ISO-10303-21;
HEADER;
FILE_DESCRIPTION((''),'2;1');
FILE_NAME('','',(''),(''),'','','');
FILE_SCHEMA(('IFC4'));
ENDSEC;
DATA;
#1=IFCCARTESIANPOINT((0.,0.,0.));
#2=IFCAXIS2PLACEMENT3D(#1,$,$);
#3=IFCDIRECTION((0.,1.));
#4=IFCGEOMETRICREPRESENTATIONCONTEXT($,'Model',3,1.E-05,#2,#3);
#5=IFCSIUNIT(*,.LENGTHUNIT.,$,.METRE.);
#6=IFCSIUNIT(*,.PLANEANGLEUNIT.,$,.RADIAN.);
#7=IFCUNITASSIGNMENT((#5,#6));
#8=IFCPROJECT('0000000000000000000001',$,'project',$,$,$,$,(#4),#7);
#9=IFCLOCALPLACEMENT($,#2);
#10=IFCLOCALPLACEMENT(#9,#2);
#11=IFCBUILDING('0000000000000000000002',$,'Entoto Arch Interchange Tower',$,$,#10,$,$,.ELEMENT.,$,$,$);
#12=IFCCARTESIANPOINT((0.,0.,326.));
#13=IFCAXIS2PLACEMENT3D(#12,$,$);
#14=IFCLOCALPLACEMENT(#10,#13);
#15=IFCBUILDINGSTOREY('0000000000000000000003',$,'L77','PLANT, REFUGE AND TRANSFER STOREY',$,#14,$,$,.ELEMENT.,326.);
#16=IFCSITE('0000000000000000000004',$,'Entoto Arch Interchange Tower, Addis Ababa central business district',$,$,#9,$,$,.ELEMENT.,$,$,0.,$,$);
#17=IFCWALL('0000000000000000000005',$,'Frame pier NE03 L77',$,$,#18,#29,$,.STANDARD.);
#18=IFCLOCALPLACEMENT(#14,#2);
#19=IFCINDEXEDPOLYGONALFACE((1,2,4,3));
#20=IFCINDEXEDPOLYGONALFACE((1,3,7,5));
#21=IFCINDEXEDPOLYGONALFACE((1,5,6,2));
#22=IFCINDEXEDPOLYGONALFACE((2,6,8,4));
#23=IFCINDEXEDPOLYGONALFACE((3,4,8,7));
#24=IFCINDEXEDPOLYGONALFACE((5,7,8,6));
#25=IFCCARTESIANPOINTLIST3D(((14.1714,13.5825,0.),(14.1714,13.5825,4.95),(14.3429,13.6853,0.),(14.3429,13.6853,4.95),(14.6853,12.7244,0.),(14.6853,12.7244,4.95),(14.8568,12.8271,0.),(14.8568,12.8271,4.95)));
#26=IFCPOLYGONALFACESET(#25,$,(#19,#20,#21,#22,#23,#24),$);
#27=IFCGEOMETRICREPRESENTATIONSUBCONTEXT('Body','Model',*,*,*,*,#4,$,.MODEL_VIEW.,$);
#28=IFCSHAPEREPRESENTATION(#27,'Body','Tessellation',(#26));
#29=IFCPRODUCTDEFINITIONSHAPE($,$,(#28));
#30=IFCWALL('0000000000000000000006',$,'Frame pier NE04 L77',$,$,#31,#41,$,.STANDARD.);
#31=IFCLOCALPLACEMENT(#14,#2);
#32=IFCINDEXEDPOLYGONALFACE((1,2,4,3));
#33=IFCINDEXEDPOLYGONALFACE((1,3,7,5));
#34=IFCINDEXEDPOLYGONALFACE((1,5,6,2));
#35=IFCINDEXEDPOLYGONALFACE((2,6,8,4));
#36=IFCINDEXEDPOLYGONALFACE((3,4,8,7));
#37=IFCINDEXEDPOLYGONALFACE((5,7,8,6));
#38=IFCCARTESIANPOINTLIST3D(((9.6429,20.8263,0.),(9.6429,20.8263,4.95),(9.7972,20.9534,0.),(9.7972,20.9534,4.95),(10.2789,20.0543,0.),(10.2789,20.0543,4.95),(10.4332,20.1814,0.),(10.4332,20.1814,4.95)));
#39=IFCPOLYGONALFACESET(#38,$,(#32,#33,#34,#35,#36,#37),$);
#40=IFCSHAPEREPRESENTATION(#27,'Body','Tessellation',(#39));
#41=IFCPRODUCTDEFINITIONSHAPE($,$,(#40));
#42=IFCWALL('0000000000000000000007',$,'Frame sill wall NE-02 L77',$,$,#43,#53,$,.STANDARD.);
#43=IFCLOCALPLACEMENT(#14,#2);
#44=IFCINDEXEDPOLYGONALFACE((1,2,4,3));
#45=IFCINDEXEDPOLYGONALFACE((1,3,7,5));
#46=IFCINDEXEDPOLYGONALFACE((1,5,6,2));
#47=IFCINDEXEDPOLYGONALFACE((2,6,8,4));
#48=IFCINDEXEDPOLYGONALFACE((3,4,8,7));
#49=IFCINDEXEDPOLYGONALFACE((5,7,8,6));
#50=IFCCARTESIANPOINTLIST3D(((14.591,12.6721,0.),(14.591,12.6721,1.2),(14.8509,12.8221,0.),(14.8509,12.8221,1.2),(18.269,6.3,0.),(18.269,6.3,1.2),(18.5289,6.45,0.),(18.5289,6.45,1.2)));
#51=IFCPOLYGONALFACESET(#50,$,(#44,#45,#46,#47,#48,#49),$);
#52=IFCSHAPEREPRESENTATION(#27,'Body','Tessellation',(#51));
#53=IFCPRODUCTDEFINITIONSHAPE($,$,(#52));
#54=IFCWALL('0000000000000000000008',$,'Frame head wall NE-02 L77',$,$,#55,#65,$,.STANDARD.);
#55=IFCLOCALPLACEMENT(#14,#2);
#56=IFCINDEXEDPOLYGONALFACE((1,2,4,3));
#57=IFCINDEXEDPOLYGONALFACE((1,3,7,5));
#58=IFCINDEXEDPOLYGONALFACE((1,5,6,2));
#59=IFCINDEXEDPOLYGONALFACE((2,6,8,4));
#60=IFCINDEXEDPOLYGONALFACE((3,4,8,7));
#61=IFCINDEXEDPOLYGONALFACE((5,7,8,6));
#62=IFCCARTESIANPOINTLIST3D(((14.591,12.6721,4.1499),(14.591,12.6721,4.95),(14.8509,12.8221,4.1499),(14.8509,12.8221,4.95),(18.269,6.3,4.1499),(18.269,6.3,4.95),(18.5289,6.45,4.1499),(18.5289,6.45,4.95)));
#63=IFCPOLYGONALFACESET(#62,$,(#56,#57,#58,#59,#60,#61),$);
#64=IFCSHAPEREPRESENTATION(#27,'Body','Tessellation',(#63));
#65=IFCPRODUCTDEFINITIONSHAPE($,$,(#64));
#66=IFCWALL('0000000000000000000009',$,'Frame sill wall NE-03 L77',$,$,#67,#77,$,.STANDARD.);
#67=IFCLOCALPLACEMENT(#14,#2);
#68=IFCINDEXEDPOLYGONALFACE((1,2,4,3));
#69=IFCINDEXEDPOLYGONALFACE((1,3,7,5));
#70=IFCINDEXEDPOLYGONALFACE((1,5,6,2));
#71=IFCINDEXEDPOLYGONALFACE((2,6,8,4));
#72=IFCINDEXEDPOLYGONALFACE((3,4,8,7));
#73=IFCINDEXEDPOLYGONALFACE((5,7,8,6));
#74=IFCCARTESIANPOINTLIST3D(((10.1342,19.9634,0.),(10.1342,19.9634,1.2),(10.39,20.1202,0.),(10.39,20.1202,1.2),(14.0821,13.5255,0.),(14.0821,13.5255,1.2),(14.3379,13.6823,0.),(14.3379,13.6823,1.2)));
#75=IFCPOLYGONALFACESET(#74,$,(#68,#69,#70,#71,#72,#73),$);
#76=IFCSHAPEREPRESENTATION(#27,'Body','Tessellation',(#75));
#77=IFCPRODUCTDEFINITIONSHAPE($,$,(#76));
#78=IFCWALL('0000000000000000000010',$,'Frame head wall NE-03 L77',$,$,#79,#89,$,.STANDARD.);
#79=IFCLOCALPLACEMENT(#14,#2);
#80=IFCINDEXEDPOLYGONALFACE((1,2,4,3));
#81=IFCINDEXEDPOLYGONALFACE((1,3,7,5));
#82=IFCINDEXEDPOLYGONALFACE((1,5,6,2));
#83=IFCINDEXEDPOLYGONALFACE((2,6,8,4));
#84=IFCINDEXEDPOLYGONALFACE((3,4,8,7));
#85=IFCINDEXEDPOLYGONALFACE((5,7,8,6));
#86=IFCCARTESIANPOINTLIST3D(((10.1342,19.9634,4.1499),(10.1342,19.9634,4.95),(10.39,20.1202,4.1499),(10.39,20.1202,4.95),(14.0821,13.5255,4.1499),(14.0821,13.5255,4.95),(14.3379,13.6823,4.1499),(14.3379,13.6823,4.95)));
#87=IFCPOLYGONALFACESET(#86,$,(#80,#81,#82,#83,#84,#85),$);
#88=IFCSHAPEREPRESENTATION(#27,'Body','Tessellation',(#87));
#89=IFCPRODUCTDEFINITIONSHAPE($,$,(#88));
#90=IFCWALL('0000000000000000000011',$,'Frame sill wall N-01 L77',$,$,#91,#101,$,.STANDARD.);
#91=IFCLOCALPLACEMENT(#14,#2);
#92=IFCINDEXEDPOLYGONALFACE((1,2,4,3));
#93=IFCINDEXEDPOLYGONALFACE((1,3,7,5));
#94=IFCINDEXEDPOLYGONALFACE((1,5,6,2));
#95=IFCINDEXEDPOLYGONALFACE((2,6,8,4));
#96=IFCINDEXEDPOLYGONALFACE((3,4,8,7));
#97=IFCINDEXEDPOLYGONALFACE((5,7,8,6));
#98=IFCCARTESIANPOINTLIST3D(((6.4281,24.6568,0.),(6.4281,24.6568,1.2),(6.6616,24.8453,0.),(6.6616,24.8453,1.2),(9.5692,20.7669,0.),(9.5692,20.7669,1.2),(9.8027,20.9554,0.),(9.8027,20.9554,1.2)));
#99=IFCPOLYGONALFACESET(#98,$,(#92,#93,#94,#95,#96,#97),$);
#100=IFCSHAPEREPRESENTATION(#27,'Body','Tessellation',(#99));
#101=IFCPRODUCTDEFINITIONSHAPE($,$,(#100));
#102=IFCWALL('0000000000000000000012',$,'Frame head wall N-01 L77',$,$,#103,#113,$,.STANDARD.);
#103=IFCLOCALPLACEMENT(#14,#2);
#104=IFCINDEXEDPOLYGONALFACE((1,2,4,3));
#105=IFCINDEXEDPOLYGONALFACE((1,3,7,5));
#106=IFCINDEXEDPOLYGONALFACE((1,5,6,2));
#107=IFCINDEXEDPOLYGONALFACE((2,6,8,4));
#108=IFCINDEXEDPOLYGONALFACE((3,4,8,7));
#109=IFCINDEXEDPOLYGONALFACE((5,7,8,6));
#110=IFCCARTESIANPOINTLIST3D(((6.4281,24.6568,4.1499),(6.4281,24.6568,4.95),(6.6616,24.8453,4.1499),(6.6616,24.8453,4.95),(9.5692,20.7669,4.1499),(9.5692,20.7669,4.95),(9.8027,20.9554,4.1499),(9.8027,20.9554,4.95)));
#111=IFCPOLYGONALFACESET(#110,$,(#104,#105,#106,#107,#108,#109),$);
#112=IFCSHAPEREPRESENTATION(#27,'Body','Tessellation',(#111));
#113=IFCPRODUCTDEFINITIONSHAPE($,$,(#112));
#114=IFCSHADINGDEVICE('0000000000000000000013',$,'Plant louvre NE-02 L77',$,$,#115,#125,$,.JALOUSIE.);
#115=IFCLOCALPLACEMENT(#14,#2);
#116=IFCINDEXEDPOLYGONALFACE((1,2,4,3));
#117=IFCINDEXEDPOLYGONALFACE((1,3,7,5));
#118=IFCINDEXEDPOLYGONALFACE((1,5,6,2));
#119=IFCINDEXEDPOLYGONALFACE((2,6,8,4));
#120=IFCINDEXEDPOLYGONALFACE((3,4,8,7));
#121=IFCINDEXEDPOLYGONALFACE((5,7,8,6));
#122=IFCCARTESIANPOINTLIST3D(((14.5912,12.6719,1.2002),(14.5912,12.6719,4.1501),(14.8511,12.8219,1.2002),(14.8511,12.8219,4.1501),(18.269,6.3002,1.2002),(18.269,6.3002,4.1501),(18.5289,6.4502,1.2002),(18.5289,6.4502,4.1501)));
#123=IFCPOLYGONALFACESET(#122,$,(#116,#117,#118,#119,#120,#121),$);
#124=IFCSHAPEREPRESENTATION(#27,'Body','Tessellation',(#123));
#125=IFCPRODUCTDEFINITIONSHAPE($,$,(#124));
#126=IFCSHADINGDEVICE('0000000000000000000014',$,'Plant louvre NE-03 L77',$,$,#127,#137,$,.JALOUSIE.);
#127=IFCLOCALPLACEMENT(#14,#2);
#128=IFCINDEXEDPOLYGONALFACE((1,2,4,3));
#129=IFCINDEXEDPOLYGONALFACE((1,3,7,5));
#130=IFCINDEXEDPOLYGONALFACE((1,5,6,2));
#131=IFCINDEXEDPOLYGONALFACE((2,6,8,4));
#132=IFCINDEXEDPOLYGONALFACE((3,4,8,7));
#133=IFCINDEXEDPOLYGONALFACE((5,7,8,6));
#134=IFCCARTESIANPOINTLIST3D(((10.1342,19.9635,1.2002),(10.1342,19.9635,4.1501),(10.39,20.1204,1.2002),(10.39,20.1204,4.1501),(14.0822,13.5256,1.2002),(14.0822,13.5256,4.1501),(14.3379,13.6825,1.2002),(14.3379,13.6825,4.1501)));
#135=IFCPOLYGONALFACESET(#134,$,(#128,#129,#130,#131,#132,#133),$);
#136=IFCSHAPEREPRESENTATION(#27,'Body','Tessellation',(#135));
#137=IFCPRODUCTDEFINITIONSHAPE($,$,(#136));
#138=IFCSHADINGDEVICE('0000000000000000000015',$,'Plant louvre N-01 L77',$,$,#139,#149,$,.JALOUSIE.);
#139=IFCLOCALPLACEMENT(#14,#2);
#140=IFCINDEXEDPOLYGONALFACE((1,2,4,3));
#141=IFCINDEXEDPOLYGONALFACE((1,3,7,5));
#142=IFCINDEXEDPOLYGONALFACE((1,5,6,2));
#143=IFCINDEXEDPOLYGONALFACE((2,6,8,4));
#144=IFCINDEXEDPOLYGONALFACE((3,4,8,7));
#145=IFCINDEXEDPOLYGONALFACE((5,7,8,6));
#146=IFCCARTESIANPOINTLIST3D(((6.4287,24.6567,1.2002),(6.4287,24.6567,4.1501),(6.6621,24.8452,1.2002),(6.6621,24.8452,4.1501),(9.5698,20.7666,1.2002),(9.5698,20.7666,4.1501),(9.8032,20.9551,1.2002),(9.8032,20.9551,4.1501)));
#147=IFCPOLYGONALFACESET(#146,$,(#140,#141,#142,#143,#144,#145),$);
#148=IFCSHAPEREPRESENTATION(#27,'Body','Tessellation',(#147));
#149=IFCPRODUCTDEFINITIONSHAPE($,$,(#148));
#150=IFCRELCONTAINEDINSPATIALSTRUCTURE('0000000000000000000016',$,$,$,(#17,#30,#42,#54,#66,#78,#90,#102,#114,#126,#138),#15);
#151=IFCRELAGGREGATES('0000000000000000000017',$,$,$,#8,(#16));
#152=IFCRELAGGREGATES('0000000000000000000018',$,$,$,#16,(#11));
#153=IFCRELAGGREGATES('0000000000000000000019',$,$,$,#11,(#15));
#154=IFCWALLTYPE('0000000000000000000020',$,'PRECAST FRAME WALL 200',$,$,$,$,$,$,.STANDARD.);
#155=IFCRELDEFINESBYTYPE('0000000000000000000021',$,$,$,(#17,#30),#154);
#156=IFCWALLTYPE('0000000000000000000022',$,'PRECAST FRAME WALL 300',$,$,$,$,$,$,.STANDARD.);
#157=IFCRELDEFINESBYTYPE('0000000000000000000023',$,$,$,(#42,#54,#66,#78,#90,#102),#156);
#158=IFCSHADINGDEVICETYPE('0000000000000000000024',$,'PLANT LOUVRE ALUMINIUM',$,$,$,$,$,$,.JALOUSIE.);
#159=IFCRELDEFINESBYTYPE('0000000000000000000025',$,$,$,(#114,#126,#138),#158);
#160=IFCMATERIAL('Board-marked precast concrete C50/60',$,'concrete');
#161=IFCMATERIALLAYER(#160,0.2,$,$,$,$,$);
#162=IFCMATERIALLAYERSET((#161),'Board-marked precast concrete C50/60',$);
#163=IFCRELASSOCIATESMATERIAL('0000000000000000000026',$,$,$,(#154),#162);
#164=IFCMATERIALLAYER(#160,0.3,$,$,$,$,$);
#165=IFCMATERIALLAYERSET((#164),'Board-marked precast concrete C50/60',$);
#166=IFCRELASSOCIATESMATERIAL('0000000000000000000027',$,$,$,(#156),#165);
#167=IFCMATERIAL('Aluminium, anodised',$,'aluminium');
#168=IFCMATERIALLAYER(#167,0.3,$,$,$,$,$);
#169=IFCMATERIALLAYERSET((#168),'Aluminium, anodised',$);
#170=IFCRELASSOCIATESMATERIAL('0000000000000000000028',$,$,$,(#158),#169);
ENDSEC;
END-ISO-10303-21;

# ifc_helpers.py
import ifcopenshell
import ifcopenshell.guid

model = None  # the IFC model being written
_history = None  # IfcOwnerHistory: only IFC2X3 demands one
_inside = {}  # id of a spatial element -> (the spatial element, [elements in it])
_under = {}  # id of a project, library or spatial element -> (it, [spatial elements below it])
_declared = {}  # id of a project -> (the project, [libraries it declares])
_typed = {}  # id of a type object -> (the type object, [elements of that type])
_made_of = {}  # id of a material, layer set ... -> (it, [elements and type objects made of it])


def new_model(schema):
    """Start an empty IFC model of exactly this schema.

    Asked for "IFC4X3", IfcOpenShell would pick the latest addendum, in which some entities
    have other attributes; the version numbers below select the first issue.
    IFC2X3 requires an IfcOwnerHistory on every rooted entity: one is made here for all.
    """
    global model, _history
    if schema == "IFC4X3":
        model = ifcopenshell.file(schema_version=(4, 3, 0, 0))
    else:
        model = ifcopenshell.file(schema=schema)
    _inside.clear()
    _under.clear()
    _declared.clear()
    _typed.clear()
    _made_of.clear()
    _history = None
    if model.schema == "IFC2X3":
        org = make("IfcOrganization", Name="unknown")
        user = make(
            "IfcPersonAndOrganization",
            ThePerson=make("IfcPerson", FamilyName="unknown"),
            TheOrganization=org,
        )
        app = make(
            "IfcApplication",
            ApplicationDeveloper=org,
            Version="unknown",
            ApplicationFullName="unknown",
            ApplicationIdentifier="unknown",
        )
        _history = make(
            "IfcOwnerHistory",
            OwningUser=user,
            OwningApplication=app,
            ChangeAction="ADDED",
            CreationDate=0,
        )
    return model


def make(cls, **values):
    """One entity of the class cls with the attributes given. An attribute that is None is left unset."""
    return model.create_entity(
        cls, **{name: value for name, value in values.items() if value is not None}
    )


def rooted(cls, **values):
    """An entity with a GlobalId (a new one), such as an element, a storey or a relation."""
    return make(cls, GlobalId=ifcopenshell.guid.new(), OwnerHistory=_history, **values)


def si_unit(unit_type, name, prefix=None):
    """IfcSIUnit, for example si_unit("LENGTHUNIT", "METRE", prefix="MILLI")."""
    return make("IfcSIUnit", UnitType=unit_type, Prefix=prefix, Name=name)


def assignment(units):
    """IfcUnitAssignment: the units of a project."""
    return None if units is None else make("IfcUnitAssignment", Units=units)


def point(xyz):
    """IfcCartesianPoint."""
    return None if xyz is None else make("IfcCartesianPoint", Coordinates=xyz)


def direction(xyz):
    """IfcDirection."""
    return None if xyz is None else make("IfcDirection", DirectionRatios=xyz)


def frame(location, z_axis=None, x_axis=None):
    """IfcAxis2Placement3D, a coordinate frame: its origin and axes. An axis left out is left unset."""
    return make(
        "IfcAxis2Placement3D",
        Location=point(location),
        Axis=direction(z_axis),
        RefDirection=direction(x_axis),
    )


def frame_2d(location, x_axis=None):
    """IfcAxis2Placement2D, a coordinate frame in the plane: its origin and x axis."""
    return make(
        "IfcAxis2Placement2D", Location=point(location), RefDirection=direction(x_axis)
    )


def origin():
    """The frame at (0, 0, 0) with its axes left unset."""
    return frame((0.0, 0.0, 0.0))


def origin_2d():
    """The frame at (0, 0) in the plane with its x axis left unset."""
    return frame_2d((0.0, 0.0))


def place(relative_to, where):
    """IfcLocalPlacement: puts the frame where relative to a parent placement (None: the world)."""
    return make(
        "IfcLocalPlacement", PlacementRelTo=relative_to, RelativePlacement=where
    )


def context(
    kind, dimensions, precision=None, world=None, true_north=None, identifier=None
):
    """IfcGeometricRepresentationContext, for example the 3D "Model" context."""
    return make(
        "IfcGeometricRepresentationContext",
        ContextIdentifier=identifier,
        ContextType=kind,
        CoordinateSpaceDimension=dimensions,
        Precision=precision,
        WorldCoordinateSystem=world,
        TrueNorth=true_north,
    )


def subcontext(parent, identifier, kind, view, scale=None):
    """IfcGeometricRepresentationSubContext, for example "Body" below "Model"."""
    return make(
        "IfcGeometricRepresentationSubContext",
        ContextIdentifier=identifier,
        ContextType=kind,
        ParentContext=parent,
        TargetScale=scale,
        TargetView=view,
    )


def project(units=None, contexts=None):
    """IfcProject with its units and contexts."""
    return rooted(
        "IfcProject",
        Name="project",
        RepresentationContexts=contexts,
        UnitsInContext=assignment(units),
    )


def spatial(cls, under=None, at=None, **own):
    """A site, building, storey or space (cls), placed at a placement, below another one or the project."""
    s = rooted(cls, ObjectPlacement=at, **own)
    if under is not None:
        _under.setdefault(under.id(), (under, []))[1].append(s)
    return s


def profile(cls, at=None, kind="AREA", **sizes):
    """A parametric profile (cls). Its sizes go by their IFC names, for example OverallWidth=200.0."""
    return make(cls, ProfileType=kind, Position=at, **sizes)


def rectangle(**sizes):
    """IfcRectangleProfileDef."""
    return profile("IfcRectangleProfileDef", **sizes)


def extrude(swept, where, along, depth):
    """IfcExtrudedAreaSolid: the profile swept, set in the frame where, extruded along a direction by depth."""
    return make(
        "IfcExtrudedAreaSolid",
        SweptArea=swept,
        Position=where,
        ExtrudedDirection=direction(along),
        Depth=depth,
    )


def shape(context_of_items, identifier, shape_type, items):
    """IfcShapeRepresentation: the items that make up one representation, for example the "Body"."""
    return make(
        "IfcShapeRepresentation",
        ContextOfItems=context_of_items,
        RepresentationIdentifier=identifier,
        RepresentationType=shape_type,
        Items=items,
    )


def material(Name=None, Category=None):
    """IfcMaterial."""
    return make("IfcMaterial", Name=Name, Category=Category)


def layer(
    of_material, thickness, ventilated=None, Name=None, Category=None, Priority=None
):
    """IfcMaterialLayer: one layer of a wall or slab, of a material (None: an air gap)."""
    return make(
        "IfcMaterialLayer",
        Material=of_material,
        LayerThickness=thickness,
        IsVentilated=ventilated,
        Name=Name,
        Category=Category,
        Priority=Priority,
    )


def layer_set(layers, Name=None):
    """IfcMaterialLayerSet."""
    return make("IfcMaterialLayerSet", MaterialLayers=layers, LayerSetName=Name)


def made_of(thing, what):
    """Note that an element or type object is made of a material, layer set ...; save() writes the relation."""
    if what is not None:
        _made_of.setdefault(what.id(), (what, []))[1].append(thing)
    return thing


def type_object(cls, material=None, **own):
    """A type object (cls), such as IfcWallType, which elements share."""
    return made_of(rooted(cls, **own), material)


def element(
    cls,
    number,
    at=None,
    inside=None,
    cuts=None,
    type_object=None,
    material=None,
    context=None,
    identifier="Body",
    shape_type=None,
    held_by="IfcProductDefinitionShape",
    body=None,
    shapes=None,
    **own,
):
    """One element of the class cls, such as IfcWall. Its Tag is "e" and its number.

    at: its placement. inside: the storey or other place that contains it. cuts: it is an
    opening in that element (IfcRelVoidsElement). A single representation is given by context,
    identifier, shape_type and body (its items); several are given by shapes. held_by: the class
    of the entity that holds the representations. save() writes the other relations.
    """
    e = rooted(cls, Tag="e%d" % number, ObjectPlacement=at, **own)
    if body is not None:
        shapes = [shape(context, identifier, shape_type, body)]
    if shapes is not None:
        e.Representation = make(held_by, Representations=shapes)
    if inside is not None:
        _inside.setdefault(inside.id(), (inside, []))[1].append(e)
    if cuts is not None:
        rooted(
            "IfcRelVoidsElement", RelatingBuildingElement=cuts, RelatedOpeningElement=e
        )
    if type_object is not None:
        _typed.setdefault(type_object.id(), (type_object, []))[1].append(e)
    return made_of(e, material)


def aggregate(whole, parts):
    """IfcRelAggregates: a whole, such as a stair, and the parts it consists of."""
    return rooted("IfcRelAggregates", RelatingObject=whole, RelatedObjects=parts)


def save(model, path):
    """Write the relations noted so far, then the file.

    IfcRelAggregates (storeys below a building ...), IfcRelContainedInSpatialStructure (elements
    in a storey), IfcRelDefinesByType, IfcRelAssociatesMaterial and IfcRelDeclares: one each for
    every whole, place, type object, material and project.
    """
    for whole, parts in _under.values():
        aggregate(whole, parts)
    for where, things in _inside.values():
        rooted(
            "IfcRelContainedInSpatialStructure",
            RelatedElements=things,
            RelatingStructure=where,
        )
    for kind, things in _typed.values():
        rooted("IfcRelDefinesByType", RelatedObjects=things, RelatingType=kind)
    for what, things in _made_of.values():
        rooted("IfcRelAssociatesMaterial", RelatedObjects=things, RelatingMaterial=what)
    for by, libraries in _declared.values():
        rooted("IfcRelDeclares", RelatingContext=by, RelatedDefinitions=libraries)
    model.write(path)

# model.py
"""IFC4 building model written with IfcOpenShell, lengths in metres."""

from ifc_helpers import new_model, si_unit, direction, frame, frame_2d, origin, origin_2d, place, context, subcontext, project, spatial, rectangle, extrude, material, layer, layer_set, type_object, element, save


model = new_model("IFC4")

# Units and contexts
model_context = context("Model", 3, precision=1e-05, world=origin(), true_north=direction((0.0, 1.0)))
body_context = subcontext(model_context, "Body", "Model", "MODEL_VIEW")
ifc_project = project(units=[si_unit("LENGTHUNIT", "METRE"), si_unit("PLANEANGLEUNIT", "RADIAN")], contexts=[model_context])

# Site, building, storey
site_placement = place(None, origin())
site = spatial("IfcSite", under=ifc_project, at=site_placement, Name="Entoto Arch Interchange Tower, Addis Ababa central business district", CompositionType="ELEMENT", RefElevation=0.0)
building_placement = place(site_placement, origin())
building = spatial("IfcBuilding", under=site, at=building_placement, Name="Entoto Arch Interchange Tower", CompositionType="ELEMENT")
storey_placement = place(building_placement, frame((0.0, 0.0, 326.0)))
storey = spatial("IfcBuildingStorey", under=building, at=storey_placement, Name="L77", Description="PLANT, REFUGE AND TRANSFER STOREY", CompositionType="ELEMENT", Elevation=326.0)

# Walls
ifc_material_1 = material(Name="Board-marked precast concrete C50/60", Category="concrete")
ifc_layer_1 = layer(ifc_material_1, 0.2)
ifc_layer_set_1 = layer_set([ifc_layer_1], Name="Board-marked precast concrete C50/60")
wall_type_1 = type_object("IfcWallType", Name="PRECAST FRAME WALL 200", PredefinedType="STANDARD", material=ifc_layer_set_1)
for number, where, z_axis, x_axis, name in (
    (1, (14.771, 12.7759, 0.0), (0.0, 0.0, 1.0), (-0.513778, 0.857923, 0.0), "Frame pier NE03 L77"),
    (2, (10.356, 20.1179, 0.0), (0.0, 0.0, 1.0), (-0.635853, 0.77181, 0.0), "Frame pier NE04 L77"),
):
    element("IfcWall", number, at=place(storey_placement, frame(where, z_axis=z_axis, x_axis=x_axis)), inside=storey, type_object=wall_type_1, Name=name, PredefinedType="STANDARD", context=body_context, shape_type="SweptSolid", body=[
        extrude(rectangle(XDim=1.0002, YDim=0.2, at=frame_2d((0.5, 0.0))), origin(), (0.0, 0.0, 1.0), 4.95),
    ])
ifc_layer_2 = layer(ifc_material_1, 0.3)
ifc_layer_set_2 = layer_set([ifc_layer_2], Name="Board-marked precast concrete C50/60")
wall_type_2 = type_object("IfcWallType", Name="PRECAST FRAME WALL 300", PredefinedType="STANDARD", material=ifc_layer_set_2)
wall_1_placement = place(storey_placement, frame((18.3989, 6.375, 0.0), z_axis=(0.0, 0.0, 1.0), x_axis=(-0.499904, 0.866081, 0.0)))
element("IfcWall", 3, at=wall_1_placement, inside=storey, type_object=wall_type_2, Name="Frame sill wall NE-02 L77", PredefinedType="STANDARD", context=body_context, shape_type="SweptSolid", body=[
    extrude(rectangle(XDim=7.3574, YDim=0.3, at=frame_2d((3.6787, 0.0))), origin(), (0.0, 0.0, 1.0), 1.2),
])
wall_2_placement = place(storey_placement, frame((18.3989, 6.375, 4.1499), z_axis=(0.0, 0.0, 1.0), x_axis=(-0.499904, 0.866081, 0.0)))
element("IfcWall", 4, at=wall_2_placement, inside=storey, type_object=wall_type_2, Name="Frame head wall NE-02 L77", PredefinedType="STANDARD", context=body_context, shape_type="SweptSolid", body=[
    extrude(rectangle(XDim=7.3574, YDim=0.3, at=frame_2d((3.6787, 0.0))), origin(), (0.0, 0.0, 1.0), 0.8),
])
wall_3_placement = place(storey_placement, frame((14.21, 13.604, 0.0), z_axis=(0.0, 0.0, 1.0), x_axis=(-0.522767, 0.852475, 0.0)))
element("IfcWall", 5, at=wall_3_placement, inside=storey, type_object=wall_type_2, Name="Frame sill wall NE-03 L77", PredefinedType="STANDARD", context=body_context, shape_type="SweptSolid", body=[
    extrude(rectangle(XDim=7.552, YDim=0.3, at=frame_2d((3.7759, 0.0))), origin(), (0.0, 0.0, 1.0), 1.2),
])
wall_4_placement = place(storey_placement, frame((14.21, 13.604, 4.1499), z_axis=(0.0, 0.0, 1.0), x_axis=(-0.522767, 0.852475, 0.0)))
element("IfcWall", 6, at=wall_4_placement, inside=storey, type_object=wall_type_2, Name="Frame head wall NE-03 L77", PredefinedType="STANDARD", context=body_context, shape_type="SweptSolid", body=[
    extrude(rectangle(XDim=7.552, YDim=0.3, at=frame_2d((3.7759, 0.0))), origin(), (0.0, 0.0, 1.0), 0.8),
])
wall_5_placement = place(storey_placement, frame((9.686, 20.8611, 0.0), z_axis=(0.0, 0.0, 1.0), x_axis=(-0.62825, 0.778012, 0.0)))
element("IfcWall", 7, at=wall_5_placement, inside=storey, type_object=wall_type_2, Name="Frame sill wall N-01 L77", PredefinedType="STANDARD", context=body_context, shape_type="SweptSolid", body=[
    extrude(rectangle(XDim=4.9998, YDim=0.3, at=frame_2d((2.5, 0.0))), origin(), (0.0, 0.0, 1.0), 1.2),
])
wall_6_placement = place(storey_placement, frame((9.686, 20.8611, 4.1499), z_axis=(0.0, 0.0, 1.0), x_axis=(-0.62825, 0.778012, 0.0)))
element("IfcWall", 8, at=wall_6_placement, inside=storey, type_object=wall_type_2, Name="Frame head wall N-01 L77", PredefinedType="STANDARD", context=body_context, shape_type="SweptSolid", body=[
    extrude(rectangle(XDim=4.9998, YDim=0.3, at=frame_2d((2.5, 0.0))), origin(), (0.0, 0.0, 1.0), 0.8),
])

# Shading devices
ifc_material_2 = material(Name="Aluminium, anodised", Category="aluminium")
ifc_layer_3 = layer(ifc_material_2, 0.3)
ifc_layer_set_3 = layer_set([ifc_layer_3], Name="Aluminium, anodised")
shading_device_type = type_object("IfcShadingDeviceType", Name="PLANT LOUVRE ALUMINIUM", PredefinedType="JALOUSIE", material=ifc_layer_set_3)
shading_device_1_placement = place(storey_placement, frame((16.5601, 9.561, 1.2002), z_axis=(0.0, 0.0, 1.0), x_axis=(-0.499909, 0.866078, 0.0)))
element("IfcShadingDevice", 9, at=shading_device_1_placement, inside=storey, type_object=shading_device_type, Name="Plant louvre NE-02 L77", PredefinedType="JALOUSIE", context=body_context, shape_type="SweptSolid", body=[
    extrude(rectangle(XDim=7.3569, YDim=0.3, at=origin_2d()), origin(), (0.0, 0.0, 1.0), 2.95),
])
shading_device_2_placement = place(storey_placement, frame((12.2361, 16.823, 1.2002), z_axis=(0.0, 0.0, 1.0), x_axis=(-0.522766, 0.852476, 0.0)))
element("IfcShadingDevice", 10, at=shading_device_2_placement, inside=storey, type_object=shading_device_type, Name="Plant louvre NE-03 L77", PredefinedType="JALOUSIE", context=body_context, shape_type="SweptSolid", body=[
    extrude(rectangle(XDim=7.552, YDim=0.3, at=origin_2d()), origin(), (0.0, 0.0, 1.0), 2.95),
])
shading_device_3_placement = place(storey_placement, frame((8.116, 22.8059, 1.2002), z_axis=(0.0, 0.0, 1.0), x_axis=(-0.628221, 0.778035, 0.0)))
element("IfcShadingDevice", 11, at=shading_device_3_placement, inside=storey, type_object=shading_device_type, Name="Plant louvre N-01 L77", PredefinedType="JALOUSIE", context=body_context, shape_type="SweptSolid", body=[
    extrude(rectangle(XDim=5.0, YDim=0.3, at=origin_2d()), origin(), (0.0, 0.0, 1.0), 2.95),
])

save(model, "model.ifc")
